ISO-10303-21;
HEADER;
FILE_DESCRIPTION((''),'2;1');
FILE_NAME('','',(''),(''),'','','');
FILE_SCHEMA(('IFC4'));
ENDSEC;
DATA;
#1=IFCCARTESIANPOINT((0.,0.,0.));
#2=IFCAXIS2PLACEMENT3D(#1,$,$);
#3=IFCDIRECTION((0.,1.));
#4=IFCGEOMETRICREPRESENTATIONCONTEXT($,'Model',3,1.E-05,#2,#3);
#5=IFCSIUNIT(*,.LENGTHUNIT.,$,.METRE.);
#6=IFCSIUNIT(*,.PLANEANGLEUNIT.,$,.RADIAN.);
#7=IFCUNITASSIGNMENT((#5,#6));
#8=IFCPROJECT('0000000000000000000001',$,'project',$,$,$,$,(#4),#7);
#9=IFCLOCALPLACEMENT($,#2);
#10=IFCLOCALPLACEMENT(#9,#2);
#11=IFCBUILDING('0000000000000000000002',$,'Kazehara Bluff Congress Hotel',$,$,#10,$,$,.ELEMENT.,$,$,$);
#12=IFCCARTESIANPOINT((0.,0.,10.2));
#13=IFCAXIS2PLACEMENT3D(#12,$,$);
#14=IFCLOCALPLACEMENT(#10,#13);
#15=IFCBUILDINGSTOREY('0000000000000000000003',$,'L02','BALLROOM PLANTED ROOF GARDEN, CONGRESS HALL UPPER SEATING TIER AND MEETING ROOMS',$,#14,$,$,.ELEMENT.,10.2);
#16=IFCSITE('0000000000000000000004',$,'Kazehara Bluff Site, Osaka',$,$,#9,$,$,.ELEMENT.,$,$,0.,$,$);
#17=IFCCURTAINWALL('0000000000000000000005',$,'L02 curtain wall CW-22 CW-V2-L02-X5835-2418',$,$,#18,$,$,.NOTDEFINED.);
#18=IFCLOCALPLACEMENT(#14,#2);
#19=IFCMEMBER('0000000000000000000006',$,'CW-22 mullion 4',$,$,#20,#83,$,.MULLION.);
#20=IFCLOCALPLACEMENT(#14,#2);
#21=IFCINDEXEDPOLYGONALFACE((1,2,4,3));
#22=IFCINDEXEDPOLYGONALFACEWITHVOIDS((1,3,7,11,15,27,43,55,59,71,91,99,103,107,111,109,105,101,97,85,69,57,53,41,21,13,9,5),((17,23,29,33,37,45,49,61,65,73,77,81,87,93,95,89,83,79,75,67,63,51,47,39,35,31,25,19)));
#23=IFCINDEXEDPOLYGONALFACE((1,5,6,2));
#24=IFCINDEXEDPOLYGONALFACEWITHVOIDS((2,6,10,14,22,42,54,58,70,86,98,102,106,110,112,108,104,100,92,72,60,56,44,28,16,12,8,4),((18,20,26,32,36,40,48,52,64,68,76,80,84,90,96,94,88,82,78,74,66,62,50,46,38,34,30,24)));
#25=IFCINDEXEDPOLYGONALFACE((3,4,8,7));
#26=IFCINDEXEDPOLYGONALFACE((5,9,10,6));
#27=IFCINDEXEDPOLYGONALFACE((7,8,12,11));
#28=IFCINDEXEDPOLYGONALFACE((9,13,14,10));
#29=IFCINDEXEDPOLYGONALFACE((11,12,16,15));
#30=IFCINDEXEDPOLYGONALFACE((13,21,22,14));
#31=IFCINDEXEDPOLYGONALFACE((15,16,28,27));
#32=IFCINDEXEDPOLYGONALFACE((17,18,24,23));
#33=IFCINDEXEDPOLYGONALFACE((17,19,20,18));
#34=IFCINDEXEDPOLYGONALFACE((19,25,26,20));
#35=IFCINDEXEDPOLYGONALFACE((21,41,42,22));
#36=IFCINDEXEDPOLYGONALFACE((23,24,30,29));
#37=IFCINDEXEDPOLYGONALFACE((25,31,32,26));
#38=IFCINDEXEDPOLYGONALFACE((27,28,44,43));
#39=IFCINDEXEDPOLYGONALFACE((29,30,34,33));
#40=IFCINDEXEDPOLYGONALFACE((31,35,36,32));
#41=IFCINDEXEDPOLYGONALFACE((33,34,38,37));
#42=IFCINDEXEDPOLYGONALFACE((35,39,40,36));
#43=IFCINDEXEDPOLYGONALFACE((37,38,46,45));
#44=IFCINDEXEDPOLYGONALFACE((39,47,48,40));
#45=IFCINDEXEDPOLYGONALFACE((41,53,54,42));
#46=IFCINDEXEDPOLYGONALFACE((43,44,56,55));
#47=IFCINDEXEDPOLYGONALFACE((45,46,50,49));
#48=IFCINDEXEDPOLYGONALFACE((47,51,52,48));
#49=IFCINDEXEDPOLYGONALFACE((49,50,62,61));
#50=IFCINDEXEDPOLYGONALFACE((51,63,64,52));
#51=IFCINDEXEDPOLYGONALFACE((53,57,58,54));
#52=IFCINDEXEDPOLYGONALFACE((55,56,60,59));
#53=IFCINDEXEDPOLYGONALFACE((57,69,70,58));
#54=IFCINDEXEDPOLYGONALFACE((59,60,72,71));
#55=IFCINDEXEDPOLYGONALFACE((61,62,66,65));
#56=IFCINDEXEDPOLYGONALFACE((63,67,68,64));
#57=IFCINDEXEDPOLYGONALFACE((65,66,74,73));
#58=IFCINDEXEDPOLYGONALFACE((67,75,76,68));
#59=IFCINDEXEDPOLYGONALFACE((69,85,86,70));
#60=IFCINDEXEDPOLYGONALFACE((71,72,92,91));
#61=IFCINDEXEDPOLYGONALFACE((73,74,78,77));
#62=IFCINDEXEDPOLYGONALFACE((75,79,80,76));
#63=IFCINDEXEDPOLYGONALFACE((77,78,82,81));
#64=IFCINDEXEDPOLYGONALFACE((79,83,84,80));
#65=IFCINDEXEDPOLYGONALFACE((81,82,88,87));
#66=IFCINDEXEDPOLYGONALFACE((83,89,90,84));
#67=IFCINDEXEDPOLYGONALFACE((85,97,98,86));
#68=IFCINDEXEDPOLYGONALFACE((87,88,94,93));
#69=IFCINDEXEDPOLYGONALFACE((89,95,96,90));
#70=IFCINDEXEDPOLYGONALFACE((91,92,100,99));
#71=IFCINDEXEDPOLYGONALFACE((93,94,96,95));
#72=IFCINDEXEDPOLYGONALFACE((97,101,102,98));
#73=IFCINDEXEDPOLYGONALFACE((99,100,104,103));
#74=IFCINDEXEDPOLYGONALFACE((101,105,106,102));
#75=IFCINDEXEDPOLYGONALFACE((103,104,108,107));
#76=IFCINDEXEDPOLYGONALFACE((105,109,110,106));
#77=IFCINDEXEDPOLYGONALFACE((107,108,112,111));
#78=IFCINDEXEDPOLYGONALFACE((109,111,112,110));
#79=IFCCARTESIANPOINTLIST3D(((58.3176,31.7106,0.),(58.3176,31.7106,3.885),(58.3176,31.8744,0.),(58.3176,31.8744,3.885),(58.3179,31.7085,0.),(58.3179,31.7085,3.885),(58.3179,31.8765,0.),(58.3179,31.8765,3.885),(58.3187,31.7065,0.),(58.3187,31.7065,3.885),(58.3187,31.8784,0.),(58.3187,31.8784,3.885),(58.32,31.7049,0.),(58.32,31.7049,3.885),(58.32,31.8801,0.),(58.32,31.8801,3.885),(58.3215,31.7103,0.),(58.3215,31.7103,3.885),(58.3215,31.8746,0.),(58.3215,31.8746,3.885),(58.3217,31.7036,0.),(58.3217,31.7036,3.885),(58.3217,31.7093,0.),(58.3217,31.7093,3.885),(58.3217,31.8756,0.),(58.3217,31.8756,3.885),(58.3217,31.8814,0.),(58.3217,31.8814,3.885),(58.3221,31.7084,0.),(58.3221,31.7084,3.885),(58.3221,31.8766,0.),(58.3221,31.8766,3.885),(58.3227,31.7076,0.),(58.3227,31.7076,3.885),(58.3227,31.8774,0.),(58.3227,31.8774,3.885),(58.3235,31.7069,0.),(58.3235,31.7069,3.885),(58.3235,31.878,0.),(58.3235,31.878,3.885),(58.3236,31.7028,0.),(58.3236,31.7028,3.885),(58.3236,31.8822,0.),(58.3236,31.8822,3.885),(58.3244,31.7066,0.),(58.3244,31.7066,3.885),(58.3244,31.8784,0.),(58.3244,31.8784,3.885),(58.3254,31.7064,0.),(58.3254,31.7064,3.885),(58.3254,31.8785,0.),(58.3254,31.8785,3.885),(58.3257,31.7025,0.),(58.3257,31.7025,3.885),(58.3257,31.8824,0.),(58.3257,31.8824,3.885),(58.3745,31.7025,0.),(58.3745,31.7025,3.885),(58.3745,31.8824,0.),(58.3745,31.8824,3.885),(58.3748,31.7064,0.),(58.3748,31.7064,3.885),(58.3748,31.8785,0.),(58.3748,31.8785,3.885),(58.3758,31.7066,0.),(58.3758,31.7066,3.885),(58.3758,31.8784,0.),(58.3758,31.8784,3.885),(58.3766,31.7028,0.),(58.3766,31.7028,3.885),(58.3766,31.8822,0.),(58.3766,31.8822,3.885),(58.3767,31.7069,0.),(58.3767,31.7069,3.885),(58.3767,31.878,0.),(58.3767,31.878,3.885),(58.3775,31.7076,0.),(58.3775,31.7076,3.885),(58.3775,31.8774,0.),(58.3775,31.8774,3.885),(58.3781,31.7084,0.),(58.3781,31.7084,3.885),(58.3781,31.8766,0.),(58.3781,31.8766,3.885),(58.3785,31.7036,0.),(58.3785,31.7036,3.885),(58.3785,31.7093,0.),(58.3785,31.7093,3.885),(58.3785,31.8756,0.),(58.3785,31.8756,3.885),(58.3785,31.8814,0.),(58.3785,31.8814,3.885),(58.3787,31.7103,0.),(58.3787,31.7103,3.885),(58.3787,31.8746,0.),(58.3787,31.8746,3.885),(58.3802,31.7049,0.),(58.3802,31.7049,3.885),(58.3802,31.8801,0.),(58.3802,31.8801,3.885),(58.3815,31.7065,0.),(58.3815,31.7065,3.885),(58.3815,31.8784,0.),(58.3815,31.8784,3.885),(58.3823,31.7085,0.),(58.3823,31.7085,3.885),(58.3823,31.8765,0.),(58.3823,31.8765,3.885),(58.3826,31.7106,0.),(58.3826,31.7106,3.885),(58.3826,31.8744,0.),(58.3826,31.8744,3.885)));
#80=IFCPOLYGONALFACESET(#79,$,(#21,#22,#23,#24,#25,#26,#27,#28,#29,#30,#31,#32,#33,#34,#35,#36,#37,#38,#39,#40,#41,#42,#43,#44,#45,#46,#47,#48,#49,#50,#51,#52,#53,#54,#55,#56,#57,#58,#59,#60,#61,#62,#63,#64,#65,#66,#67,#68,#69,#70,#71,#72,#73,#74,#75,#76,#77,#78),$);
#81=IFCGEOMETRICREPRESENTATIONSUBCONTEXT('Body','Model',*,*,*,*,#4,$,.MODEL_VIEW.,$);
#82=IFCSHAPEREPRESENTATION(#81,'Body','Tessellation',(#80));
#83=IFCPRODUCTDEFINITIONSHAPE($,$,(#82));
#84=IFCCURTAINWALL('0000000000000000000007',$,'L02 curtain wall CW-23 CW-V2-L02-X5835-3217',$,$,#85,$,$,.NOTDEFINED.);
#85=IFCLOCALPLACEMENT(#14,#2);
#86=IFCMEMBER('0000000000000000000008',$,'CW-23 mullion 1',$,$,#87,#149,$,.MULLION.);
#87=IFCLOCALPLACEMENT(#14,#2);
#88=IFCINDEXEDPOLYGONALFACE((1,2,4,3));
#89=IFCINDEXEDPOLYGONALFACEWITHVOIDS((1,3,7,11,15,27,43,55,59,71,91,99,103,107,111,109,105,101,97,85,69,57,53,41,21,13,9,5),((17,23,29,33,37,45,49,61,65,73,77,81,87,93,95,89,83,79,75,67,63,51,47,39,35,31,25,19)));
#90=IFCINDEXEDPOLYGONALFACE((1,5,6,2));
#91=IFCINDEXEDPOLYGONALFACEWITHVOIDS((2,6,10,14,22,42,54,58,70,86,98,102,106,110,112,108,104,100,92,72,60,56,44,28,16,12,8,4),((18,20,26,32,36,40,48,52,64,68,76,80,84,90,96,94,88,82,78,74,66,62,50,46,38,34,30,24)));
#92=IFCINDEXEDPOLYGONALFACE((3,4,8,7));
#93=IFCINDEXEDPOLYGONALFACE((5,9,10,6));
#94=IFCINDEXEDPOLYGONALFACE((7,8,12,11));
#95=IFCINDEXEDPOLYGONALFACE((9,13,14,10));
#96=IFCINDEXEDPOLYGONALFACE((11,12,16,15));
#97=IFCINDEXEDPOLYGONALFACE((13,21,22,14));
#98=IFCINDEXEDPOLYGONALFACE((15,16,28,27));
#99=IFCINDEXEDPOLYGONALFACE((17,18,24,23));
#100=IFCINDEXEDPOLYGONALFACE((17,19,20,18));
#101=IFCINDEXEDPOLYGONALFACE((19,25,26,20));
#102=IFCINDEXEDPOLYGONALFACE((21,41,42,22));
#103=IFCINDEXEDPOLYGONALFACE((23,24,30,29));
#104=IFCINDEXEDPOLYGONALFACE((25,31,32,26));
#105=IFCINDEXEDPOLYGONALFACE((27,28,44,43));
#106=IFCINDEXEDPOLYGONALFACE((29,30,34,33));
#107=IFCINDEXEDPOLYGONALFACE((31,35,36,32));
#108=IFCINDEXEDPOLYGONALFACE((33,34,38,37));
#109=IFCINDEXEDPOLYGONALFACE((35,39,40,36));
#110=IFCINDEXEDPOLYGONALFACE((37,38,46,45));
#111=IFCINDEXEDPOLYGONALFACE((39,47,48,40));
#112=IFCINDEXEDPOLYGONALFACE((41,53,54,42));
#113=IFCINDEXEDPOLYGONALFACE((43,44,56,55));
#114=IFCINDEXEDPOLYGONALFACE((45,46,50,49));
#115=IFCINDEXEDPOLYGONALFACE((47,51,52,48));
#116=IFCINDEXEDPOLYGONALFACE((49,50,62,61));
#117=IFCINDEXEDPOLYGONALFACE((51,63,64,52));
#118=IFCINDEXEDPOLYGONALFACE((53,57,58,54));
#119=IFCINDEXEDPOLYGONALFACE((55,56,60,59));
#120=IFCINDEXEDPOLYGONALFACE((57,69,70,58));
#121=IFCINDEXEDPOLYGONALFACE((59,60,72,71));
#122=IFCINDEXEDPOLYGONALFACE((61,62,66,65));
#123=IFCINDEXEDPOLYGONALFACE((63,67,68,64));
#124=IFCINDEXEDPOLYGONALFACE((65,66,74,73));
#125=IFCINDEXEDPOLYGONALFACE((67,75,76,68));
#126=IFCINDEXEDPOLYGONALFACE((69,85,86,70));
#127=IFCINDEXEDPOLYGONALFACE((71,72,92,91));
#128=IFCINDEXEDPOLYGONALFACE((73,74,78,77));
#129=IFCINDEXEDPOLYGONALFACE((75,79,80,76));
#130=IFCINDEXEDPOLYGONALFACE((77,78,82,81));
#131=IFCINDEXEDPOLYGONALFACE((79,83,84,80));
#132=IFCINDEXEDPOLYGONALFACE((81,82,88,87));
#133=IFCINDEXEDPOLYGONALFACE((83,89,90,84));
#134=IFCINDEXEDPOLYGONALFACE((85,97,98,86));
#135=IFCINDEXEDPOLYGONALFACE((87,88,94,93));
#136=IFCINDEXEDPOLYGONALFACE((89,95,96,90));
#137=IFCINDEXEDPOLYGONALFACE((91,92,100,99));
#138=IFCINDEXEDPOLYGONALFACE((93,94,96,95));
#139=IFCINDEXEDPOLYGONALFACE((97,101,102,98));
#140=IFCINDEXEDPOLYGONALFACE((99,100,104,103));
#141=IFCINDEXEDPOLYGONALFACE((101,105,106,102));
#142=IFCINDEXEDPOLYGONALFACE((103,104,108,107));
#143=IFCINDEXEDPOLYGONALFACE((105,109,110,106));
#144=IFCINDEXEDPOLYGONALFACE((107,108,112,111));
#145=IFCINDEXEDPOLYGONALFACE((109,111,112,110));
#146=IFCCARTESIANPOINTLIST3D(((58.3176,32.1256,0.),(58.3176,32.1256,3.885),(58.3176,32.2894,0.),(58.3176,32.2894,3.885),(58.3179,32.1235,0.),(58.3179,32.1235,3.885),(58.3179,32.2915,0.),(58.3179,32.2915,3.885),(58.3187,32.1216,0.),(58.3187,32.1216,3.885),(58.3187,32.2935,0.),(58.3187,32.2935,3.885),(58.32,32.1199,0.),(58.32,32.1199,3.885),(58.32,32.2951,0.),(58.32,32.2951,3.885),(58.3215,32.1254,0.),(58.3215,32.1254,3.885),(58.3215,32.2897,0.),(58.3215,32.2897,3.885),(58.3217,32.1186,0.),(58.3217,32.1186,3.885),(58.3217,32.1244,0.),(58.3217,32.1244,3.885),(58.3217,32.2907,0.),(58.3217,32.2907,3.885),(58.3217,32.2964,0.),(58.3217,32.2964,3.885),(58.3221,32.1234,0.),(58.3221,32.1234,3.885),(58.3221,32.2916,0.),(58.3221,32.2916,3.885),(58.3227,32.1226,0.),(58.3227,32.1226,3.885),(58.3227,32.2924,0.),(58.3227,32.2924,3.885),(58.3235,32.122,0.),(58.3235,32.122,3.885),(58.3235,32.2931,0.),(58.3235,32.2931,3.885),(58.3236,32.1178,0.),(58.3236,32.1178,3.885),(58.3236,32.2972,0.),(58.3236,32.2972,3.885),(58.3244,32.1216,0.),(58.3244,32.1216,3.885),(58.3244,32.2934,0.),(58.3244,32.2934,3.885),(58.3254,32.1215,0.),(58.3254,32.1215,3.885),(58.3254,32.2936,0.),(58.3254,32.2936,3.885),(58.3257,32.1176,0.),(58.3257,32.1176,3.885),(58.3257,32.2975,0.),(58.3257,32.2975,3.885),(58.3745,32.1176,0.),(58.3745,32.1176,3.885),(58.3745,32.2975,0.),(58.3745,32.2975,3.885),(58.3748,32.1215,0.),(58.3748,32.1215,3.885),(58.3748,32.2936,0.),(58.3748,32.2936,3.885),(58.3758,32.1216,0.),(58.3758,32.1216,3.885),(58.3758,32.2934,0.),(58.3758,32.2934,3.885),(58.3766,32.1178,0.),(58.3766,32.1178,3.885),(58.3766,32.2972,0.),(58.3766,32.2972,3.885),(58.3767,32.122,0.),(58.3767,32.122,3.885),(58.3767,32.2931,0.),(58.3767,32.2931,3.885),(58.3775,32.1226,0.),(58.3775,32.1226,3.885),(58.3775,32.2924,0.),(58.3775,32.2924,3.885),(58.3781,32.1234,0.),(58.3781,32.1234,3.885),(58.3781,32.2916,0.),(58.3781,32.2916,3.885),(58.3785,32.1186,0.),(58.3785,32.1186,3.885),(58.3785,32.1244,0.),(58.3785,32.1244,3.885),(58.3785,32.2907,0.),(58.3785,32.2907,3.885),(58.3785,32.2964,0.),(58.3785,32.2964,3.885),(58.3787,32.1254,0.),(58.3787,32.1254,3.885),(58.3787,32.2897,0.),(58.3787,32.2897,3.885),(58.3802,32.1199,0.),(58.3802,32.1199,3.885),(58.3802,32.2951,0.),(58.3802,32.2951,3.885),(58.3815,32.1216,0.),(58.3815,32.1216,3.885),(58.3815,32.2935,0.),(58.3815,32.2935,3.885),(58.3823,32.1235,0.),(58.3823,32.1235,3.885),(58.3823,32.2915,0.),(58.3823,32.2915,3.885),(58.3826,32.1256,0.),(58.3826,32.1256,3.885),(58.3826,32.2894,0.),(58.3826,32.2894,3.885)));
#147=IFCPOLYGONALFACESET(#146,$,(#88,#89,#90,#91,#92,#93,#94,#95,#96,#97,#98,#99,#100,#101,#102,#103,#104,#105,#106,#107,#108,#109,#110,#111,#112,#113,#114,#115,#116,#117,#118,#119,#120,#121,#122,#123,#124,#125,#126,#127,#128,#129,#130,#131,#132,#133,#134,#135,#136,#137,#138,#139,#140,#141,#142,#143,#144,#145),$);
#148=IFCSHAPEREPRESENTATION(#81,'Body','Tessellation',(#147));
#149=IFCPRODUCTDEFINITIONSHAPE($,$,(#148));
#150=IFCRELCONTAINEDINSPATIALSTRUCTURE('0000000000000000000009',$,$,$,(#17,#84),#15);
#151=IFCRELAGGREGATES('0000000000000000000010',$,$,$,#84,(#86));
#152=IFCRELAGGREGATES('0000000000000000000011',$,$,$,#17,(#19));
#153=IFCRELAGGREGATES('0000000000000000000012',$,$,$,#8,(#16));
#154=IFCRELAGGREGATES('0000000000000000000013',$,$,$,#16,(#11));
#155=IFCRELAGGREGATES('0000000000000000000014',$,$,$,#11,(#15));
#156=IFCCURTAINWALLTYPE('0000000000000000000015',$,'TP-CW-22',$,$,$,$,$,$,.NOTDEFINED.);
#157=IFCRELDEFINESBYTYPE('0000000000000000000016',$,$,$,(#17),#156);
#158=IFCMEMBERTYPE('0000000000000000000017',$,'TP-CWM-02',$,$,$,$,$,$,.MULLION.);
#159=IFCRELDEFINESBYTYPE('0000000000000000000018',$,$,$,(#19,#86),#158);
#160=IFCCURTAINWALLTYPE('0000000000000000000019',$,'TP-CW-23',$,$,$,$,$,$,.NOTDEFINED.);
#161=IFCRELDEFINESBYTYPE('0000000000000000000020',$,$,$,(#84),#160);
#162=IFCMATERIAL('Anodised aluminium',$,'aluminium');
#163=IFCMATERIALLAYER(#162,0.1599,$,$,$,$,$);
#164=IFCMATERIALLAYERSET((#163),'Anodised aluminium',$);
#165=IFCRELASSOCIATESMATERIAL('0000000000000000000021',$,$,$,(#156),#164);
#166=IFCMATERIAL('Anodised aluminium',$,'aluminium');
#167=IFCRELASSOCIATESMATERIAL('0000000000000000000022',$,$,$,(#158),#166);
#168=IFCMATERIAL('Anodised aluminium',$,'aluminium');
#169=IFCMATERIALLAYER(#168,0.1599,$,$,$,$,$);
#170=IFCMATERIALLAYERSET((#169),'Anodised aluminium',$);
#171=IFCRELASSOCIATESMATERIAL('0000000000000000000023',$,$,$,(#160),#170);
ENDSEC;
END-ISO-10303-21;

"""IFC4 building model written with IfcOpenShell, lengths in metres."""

from ifc_helpers import new_model, si_unit, direction, frame, origin, origin_2d, place, context, subcontext, project, spatial, hollow_rectangle, extrude, material, layer, layer_set, material_profile, profile_set, type_object, element, aggregate, save


model = new_model("IFC4")

# Units and contexts
model_context = context("Model", 3, precision=1e-05, world=origin(), true_north=direction((0.0, 1.0)))
body_context = subcontext(model_context, "Body", "Model", "MODEL_VIEW")
ifc_project = project(units=[si_unit("LENGTHUNIT", "METRE"), si_unit("PLANEANGLEUNIT", "RADIAN")], contexts=[model_context])

# Site, building, storey
site_placement = place(None, origin())
site = spatial("IfcSite", under=ifc_project, at=site_placement, Name="Kazehara Bluff Site, Osaka", CompositionType="ELEMENT", RefElevation=0.0)
building_placement = place(site_placement, origin())
building = spatial("IfcBuilding", under=site, at=building_placement, Name="Kazehara Bluff Congress Hotel", CompositionType="ELEMENT")
storey_placement = place(building_placement, frame((0.0, 0.0, 10.2)))
storey = spatial("IfcBuildingStorey", under=building, at=storey_placement, Name="L02", Description="BALLROOM PLANTED ROOF GARDEN, CONGRESS HALL UPPER SEATING TIER AND MEETING ROOMS", CompositionType="ELEMENT", Elevation=10.2)

# Curtain wall, member
ifc_material_1 = material(Name="Anodised aluminium", Category="aluminium")
ifc_layer_1 = layer(ifc_material_1, 0.1599)
ifc_layer_set_1 = layer_set([ifc_layer_1], Name="Anodised aluminium")
curtain_wall_type_1 = type_object("IfcCurtainWallType", Name="TP-CW-22", PredefinedType="NOTDEFINED", material=ifc_layer_set_1)
curtain_wall_1_placement = place(storey_placement, origin())
curtain_wall_1 = element("IfcCurtainWall", 1, at=curtain_wall_1_placement, inside=storey, type_object=curtain_wall_type_1, Name="L02 curtain wall CW-22 CW-V2-L02-X5835-2418", PredefinedType="NOTDEFINED")
ifc_material_2 = material(Name="Anodised aluminium", Category="aluminium")
ifc_material_profile_1 = material_profile(ifc_material_2, hollow_rectangle(XDim=0.0649, YDim=0.1799, WallThickness=0.0039, InnerFilletRadius=0.0039, OuterFilletRadius=0.0081, at=origin_2d()))
ifc_profile_set_1 = profile_set([ifc_material_profile_1], Name="Anodised aluminium")
member_type_1 = type_object("IfcMemberType", Name="TP-CWM-02", PredefinedType="MULLION", material=ifc_profile_set_1)
member_1_placement = place(storey_placement, frame((58.3501, 31.7925, 0.0), z_axis=(0.0, 0.0, 1.0), x_axis=(-1.0, 0.0, 0.0)))
member_1 = element("IfcMember", 2, at=member_1_placement, type_object=member_type_1, Name="CW-22 mullion 4", PredefinedType="MULLION", context=body_context, shape_type="SweptSolid", body=[
    extrude(hollow_rectangle(XDim=0.0649, YDim=0.1799, WallThickness=0.0039, InnerFilletRadius=0.0039, OuterFilletRadius=0.0081, at=origin_2d()), origin(), (0.0, 0.0, 1.0), 3.885),
])

# Curtain wall, member
ifc_material_3 = material(Name="Anodised aluminium", Category="aluminium")
ifc_layer_2 = layer(ifc_material_3, 0.1599)
ifc_layer_set_2 = layer_set([ifc_layer_2], Name="Anodised aluminium")
curtain_wall_type_2 = type_object("IfcCurtainWallType", Name="TP-CW-23", PredefinedType="NOTDEFINED", material=ifc_layer_set_2)
curtain_wall_2_placement = place(storey_placement, origin())
curtain_wall_2 = element("IfcCurtainWall", 3, at=curtain_wall_2_placement, inside=storey, type_object=curtain_wall_type_2, Name="L02 curtain wall CW-23 CW-V2-L02-X5835-3217", PredefinedType="NOTDEFINED")
member_2_placement = place(storey_placement, frame((58.3501, 32.2075, 0.0), z_axis=(0.0, 0.0, 1.0), x_axis=(-1.0, 0.0, 0.0)))
member_2 = element("IfcMember", 4, at=member_2_placement, type_object=member_type_1, Name="CW-23 mullion 1", PredefinedType="MULLION", context=body_context, shape_type="SweptSolid", body=[
    extrude(hollow_rectangle(XDim=0.0649, YDim=0.1799, WallThickness=0.0039, InnerFilletRadius=0.0039, OuterFilletRadius=0.0081, at=origin_2d()), origin(), (0.0, 0.0, 1.0), 3.885),
])

aggregate(curtain_wall_2, [member_2])

aggregate(curtain_wall_1, [member_1])

save(model, "model.ifc")
